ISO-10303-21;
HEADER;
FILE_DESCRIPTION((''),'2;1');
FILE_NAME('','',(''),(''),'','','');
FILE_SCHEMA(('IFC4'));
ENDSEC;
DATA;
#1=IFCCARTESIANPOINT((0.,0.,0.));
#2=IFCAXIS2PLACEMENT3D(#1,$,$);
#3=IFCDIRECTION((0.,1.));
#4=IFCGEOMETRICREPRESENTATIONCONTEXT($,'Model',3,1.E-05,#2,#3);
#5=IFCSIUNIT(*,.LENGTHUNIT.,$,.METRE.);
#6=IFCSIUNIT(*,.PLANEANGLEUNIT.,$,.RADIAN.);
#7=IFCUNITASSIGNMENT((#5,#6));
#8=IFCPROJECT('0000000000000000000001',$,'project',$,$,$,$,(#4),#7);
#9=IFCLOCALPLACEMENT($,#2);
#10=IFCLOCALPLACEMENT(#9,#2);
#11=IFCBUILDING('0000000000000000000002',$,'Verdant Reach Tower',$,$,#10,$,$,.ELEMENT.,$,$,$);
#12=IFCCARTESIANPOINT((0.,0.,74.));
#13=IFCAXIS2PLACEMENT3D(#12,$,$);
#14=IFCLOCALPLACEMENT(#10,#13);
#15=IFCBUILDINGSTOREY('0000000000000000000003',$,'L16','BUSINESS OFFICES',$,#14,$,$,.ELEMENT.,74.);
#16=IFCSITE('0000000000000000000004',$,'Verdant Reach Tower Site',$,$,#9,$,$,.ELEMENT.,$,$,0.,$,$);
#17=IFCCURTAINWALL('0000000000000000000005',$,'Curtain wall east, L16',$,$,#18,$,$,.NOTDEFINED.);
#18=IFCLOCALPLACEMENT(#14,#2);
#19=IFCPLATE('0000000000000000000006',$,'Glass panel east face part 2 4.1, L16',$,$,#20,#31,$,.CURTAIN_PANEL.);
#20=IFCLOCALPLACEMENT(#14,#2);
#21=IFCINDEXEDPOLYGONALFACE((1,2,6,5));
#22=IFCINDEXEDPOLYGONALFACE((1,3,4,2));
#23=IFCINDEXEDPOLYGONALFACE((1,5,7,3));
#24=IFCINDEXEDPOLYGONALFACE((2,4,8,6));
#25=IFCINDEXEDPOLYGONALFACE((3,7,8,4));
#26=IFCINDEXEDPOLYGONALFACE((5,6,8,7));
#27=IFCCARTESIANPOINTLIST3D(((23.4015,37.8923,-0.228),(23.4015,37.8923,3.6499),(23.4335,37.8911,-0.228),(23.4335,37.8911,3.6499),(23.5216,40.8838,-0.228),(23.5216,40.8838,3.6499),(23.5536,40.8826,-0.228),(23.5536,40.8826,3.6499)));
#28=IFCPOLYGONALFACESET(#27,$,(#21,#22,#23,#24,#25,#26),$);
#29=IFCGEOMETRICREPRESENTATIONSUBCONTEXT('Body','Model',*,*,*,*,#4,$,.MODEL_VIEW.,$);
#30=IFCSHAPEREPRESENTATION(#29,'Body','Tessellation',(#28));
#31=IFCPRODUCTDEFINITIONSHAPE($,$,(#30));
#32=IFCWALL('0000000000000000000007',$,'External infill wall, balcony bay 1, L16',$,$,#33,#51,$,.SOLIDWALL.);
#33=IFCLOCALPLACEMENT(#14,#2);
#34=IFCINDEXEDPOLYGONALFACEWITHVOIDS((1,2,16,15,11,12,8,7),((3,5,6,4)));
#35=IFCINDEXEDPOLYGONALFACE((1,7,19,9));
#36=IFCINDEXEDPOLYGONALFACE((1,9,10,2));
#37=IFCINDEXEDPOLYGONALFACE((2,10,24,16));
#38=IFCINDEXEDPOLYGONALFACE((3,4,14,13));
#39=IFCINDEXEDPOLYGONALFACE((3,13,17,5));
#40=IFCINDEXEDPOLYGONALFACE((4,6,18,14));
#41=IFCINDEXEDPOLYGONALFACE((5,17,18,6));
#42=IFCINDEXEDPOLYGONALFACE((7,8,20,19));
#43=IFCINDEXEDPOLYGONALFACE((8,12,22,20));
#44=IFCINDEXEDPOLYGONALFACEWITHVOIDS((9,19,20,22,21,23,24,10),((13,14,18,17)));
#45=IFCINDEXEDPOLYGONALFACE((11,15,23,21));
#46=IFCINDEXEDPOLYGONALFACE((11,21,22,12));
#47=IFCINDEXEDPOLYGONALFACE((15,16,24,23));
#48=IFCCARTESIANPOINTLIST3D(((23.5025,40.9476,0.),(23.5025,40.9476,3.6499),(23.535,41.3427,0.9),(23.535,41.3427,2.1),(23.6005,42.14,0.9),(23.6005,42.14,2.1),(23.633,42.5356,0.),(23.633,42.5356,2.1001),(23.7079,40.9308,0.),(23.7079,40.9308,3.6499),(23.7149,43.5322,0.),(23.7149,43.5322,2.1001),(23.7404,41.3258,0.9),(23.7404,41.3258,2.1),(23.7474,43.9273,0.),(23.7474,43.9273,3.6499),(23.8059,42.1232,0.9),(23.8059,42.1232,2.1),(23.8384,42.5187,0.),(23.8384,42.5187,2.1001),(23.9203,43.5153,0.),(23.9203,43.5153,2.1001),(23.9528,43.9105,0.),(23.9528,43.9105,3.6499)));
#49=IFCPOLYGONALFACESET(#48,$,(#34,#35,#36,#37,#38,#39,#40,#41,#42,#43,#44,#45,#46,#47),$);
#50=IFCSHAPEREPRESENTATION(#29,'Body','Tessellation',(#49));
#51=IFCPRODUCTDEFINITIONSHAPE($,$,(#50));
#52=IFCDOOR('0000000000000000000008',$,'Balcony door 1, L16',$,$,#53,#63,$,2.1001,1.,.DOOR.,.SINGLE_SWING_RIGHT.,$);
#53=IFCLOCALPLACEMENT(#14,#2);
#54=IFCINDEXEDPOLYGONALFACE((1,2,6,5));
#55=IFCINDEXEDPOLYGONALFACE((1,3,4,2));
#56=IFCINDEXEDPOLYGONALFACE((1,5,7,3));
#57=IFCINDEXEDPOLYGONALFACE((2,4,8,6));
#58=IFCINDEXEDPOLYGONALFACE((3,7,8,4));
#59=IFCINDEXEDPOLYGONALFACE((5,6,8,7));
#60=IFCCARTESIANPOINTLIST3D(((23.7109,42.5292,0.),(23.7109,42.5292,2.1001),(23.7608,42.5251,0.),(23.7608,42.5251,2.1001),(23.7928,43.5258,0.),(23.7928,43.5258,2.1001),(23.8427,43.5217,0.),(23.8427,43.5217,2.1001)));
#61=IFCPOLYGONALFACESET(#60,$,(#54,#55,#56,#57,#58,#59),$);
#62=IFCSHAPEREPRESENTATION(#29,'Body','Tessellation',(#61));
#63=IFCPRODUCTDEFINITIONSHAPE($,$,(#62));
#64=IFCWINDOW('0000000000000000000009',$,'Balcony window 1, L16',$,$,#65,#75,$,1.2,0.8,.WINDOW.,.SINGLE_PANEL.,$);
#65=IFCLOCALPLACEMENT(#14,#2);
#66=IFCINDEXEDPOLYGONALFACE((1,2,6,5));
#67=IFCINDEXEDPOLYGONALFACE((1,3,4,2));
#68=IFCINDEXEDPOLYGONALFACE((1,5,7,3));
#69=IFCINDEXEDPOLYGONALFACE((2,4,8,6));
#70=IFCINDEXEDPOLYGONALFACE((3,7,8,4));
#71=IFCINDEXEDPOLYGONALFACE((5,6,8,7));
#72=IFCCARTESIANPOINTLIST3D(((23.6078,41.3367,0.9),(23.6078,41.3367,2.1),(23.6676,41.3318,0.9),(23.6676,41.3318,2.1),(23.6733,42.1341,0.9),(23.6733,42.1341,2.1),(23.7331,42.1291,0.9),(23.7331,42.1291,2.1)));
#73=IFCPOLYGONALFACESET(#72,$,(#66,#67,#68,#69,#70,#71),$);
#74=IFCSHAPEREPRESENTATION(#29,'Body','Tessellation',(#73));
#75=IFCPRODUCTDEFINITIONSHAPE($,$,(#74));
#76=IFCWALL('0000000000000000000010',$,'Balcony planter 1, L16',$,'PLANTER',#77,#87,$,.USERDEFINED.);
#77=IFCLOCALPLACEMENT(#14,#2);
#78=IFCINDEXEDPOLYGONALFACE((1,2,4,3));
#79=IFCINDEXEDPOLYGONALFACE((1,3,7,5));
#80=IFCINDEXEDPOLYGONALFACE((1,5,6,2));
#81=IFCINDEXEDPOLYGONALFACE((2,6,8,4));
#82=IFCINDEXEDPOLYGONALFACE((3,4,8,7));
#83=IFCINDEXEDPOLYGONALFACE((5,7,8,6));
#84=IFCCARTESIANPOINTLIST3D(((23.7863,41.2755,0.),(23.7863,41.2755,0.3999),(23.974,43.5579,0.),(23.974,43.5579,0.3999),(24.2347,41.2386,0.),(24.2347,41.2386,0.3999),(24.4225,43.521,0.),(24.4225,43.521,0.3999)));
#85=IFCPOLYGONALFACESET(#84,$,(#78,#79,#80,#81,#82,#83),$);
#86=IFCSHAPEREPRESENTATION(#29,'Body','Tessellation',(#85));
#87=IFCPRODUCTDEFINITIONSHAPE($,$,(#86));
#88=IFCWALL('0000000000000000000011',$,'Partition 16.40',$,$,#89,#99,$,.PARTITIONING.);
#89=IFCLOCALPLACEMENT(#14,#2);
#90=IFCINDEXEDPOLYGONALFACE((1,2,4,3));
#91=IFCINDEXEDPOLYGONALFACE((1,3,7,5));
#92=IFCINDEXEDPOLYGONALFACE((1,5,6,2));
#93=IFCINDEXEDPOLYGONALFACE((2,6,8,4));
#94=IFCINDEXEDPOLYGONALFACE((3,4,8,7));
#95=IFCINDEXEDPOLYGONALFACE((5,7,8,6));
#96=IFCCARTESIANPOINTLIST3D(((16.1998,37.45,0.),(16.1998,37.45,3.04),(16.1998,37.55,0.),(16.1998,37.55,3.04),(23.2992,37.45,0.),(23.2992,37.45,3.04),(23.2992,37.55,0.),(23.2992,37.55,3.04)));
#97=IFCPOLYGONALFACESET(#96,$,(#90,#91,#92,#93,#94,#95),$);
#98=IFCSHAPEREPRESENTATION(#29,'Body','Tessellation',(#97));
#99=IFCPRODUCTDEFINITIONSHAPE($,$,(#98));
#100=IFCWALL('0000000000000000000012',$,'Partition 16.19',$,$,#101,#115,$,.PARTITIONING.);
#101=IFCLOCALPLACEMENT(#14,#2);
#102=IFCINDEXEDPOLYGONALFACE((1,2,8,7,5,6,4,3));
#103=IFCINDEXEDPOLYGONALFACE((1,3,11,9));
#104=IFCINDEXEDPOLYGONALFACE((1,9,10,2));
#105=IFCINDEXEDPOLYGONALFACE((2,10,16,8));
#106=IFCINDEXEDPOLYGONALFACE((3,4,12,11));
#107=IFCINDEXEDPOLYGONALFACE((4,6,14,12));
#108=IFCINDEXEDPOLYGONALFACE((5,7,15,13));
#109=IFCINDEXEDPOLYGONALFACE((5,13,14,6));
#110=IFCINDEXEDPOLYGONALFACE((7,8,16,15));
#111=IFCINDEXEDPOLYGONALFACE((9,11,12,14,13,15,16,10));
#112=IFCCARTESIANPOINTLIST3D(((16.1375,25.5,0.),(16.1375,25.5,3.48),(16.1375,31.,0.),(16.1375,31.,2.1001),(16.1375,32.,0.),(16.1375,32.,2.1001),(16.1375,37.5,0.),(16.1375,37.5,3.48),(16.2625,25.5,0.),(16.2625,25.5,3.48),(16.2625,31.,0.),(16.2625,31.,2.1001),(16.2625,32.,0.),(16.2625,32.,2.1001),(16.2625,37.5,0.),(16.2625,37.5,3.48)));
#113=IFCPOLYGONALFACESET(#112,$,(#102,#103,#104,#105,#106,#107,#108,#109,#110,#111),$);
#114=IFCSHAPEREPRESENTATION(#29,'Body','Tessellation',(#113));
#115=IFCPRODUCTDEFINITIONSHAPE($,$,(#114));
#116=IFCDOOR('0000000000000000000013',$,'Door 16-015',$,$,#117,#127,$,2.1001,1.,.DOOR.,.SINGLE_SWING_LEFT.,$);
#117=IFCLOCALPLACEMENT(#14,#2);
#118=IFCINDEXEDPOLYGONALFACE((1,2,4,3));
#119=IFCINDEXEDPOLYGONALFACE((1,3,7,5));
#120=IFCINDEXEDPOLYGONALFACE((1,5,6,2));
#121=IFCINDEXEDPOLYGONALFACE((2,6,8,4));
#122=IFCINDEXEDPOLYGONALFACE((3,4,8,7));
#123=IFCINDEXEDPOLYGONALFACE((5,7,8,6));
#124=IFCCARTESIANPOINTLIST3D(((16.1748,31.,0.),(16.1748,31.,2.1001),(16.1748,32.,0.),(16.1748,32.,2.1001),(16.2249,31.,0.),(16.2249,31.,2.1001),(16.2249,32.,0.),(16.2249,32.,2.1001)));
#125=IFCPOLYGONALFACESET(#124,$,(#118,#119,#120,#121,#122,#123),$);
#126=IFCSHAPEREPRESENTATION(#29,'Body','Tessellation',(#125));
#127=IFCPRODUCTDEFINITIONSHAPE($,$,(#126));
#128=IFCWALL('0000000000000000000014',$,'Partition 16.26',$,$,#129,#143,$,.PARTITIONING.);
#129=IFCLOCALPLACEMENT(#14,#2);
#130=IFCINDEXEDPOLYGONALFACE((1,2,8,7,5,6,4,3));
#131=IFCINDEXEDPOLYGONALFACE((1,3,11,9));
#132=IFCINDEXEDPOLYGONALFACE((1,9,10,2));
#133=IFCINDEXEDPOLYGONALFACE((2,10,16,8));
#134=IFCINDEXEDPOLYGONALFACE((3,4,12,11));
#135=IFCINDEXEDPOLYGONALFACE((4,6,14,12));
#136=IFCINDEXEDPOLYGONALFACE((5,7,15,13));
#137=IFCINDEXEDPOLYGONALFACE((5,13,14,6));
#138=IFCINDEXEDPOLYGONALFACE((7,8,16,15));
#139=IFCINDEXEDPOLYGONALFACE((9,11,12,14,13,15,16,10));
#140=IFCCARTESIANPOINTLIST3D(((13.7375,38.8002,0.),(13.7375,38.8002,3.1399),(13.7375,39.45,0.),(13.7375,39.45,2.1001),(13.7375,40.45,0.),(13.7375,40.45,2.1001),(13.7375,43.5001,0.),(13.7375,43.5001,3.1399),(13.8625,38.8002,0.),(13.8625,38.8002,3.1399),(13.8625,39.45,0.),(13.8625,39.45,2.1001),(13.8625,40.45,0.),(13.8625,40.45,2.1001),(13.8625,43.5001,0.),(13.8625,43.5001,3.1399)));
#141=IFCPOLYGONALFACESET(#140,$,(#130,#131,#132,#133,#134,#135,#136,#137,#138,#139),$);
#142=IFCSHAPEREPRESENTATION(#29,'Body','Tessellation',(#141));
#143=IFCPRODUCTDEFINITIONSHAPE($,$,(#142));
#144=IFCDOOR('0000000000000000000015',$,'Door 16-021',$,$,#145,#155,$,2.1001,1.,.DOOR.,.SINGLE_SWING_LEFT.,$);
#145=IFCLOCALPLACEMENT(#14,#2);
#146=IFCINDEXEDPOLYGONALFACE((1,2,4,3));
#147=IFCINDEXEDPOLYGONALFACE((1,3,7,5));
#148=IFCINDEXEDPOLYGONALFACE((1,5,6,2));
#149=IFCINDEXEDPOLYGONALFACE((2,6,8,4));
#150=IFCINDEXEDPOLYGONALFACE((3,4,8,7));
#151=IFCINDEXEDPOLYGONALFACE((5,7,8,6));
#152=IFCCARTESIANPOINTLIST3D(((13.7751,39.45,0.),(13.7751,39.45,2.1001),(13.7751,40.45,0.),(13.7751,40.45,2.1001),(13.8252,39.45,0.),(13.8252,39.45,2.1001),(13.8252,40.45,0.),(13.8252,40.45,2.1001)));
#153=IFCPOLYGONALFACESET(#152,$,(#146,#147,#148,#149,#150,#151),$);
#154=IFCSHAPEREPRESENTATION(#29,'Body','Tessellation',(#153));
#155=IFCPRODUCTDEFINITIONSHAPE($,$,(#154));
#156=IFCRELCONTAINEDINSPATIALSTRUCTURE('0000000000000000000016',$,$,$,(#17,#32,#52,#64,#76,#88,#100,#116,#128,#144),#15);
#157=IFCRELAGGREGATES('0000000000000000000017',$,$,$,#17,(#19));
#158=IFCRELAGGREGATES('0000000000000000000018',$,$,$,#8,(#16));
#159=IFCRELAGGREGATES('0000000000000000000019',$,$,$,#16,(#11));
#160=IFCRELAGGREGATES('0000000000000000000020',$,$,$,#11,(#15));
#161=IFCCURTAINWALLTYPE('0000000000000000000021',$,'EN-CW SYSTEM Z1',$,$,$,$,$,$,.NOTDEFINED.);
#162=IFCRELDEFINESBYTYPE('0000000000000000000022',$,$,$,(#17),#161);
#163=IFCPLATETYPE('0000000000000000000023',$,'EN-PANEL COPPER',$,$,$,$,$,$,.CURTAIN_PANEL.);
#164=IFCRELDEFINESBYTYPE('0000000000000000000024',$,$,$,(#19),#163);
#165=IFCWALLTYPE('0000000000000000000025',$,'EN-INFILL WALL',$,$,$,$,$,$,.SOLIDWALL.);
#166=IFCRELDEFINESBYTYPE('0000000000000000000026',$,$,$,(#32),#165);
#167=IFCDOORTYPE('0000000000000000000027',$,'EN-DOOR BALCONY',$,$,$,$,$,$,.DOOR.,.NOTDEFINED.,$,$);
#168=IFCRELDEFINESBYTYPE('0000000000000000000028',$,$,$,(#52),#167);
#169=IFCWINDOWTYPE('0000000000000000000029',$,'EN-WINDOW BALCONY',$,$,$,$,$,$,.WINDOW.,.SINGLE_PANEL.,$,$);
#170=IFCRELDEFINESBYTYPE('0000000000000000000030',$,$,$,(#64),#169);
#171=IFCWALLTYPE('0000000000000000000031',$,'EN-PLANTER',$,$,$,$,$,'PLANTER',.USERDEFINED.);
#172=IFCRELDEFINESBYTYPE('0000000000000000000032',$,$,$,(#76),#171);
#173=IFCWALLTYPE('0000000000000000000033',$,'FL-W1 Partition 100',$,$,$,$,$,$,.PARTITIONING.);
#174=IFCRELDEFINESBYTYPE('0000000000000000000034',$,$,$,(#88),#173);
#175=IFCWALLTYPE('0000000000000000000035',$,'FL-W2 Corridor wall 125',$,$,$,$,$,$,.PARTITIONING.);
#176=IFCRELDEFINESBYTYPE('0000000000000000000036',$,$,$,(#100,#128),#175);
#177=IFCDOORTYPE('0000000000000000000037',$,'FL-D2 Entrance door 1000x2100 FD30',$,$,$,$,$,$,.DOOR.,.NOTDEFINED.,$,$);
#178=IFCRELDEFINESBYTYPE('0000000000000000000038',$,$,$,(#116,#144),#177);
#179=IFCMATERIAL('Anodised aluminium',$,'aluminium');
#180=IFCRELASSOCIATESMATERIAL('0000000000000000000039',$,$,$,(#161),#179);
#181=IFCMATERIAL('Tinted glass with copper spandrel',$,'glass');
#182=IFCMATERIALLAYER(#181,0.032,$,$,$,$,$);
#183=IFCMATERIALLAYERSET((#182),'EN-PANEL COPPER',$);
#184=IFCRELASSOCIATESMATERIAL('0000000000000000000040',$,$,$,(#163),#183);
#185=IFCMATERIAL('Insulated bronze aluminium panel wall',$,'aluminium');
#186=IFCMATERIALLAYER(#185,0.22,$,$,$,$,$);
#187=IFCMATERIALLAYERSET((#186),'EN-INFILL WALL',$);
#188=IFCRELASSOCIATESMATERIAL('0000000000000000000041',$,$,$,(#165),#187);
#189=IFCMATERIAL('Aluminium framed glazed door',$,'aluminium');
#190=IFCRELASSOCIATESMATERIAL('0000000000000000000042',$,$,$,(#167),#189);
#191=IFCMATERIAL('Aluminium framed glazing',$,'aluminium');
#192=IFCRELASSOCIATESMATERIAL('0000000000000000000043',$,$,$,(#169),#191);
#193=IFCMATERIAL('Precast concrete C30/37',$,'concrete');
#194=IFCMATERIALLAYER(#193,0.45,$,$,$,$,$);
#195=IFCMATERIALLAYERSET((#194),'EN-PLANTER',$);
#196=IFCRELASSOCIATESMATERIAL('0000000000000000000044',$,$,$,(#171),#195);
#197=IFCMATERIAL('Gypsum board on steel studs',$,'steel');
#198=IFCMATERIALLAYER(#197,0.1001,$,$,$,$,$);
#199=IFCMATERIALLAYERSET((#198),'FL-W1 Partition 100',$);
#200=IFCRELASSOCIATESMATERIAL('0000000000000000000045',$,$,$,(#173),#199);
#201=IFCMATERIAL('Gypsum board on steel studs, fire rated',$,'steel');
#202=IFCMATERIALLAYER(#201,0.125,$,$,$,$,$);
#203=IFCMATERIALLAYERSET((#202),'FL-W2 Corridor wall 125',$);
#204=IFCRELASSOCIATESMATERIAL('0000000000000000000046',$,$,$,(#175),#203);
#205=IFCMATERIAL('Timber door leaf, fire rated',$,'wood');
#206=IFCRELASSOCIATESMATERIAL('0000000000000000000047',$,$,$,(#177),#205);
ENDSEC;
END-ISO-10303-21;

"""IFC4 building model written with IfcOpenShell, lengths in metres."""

from ifc_helpers import new_model, si_unit, direction, frame, frame_2d, origin, origin_2d, place, context, subcontext, project, spatial, rectangle, extrude, material, layer, layer_set, type_object, element, fill, aggregate, save


model = new_model("IFC4")

# Units and contexts
model_context = context("Model", 3, precision=1e-05, world=origin(), true_north=direction((0.0, 1.0)))
body_context = subcontext(model_context, "Body", "Model", "MODEL_VIEW")
ifc_project = project(units=[si_unit("LENGTHUNIT", "METRE"), si_unit("PLANEANGLEUNIT", "RADIAN")], contexts=[model_context])

# Site, building, storey
site_placement = place(None, origin())
site = spatial("IfcSite", under=ifc_project, at=site_placement, Name="Verdant Reach Tower Site", CompositionType="ELEMENT", RefElevation=0.0)
building_placement = place(site_placement, origin())
building = spatial("IfcBuilding", under=site, at=building_placement, Name="Verdant Reach Tower", CompositionType="ELEMENT")
storey_placement = place(building_placement, frame((0.0, 0.0, 74.0)))
storey = spatial("IfcBuildingStorey", under=building, at=storey_placement, Name="L16", Description="BUSINESS OFFICES", CompositionType="ELEMENT", Elevation=74.0)

# Curtain wall
ifc_material_1 = material(Name="Anodised aluminium", Category="aluminium")
curtain_wall_type = type_object("IfcCurtainWallType", Name="EN-CW SYSTEM Z1", PredefinedType="NOTDEFINED", material=ifc_material_1)
curtain_wall_placement = place(storey_placement, origin())
curtain_wall = element("IfcCurtainWall", 1, at=curtain_wall_placement, inside=storey, type_object=curtain_wall_type, Name="Curtain wall east, L16", PredefinedType="NOTDEFINED")

# Plate
ifc_material_2 = material(Name="Tinted glass with copper spandrel", Category="glass")
ifc_layer_1 = layer(ifc_material_2, 0.032)
ifc_layer_set_1 = layer_set([ifc_layer_1], Name="EN-PANEL COPPER")
plate_type_1 = type_object("IfcPlateType", Name="EN-PANEL COPPER", PredefinedType="CURTAIN_PANEL", material=ifc_layer_set_1)
plate_1_placement = place(storey_placement, frame((23.4775, 39.3875, -0.228), z_axis=(0.0, 0.0, 1.0), x_axis=(0.040109, 0.999195, 0.0)))
plate_1 = element("IfcPlate", 2, at=plate_1_placement, type_object=plate_type_1, Name="Glass panel east face part 2 4.1, L16", PredefinedType="CURTAIN_PANEL", context=body_context, shape_type="SweptSolid", body=[
    extrude(rectangle(XDim=2.9939, YDim=0.032, at=origin_2d()), origin(), (0.0, 0.0, 1.0), 3.8779),
])
aggregate(curtain_wall, [plate_1])

# Wall, openings, door, window
ifc_material_3 = material(Name="Insulated bronze aluminium panel wall", Category="aluminium")
ifc_layer_2 = layer(ifc_material_3, 0.22)
ifc_layer_set_2 = layer_set([ifc_layer_2], Name="EN-INFILL WALL")
wall_type_1 = type_object("IfcWallType", Name="EN-INFILL WALL", PredefinedType="SOLIDWALL", material=ifc_layer_set_2)
wall_1_placement = place(storey_placement, frame((23.6052, 40.9392, 0.0), z_axis=(0.0, 0.0, 1.0), x_axis=(0.081903, 0.99664, 0.0)))
wall_1 = element("IfcWall", 3, at=wall_1_placement, inside=storey, type_object=wall_type_1, Name="External infill wall, balcony bay 1, L16", PredefinedType="SOLIDWALL", context=body_context, shape_type="SweptSolid", body=[
    extrude(rectangle(XDim=2.9897, YDim=0.2061, at=frame_2d((1.4949, 0.0))), origin(), (0.0, 0.0, 1.0), 3.6499),
])
opening_1_placement = place(wall_1_placement, frame((1.5933, 0.0, 0.0)))
opening_1 = element("IfcOpeningElement", 4, at=opening_1_placement, cuts=wall_1, PredefinedType="OPENING", context=body_context, shape_type="SweptSolid", body=[
    extrude(rectangle(XDim=1.0, YDim=2.1001, at=frame_2d((0.5, 1.05))), frame((0.0, 0.113, 0.0), z_axis=(0.0, -1.0, 0.0), x_axis=(1.0, 0.0, 0.0)), (0.0, 0.0, 1.0), 0.2261),
])
opening_2_placement = place(wall_1_placement, frame((0.3965, 0.0, 0.8999)))
opening_2 = element("IfcOpeningElement", 5, at=opening_2_placement, cuts=wall_1, PredefinedType="OPENING", context=body_context, shape_type="SweptSolid", body=[
    extrude(rectangle(XDim=0.8, YDim=1.2, at=frame_2d((0.3999, 0.6001))), frame((0.0, 0.113, 0.0), z_axis=(0.0, -1.0, 0.0), x_axis=(1.0, 0.0, 0.0)), (0.0, 0.0, 1.0), 0.2261),
])
ifc_material_4 = material(Name="Aluminium framed glazed door", Category="aluminium")
door_type_1 = type_object("IfcDoorType", Name="EN-DOOR BALCONY", OperationType="NOTDEFINED", PredefinedType="DOOR", material=ifc_material_4)
door_1_placement = place(opening_1_placement, origin())
door_1 = element("IfcDoor", 6, at=door_1_placement, inside=storey, type_object=door_type_1, Name="Balcony door 1, L16", OperationType="SINGLE_SWING_RIGHT", OverallHeight=2.1001, OverallWidth=1.0, PredefinedType="DOOR", context=body_context, shape_type="SweptSolid", body=[
    extrude(rectangle(XDim=1.0, YDim=2.1001, at=frame_2d((0.5, 1.05))), frame((0.0, 0.0249, 0.0), z_axis=(0.0, -1.0, 0.0), x_axis=(1.0, 0.0, 0.0)), (0.0, 0.0, 1.0), 0.05),
])
fill(opening_1, door_1)
ifc_material_5 = material(Name="Aluminium framed glazing", Category="aluminium")
window_type = type_object("IfcWindowType", Name="EN-WINDOW BALCONY", PartitioningType="SINGLE_PANEL", PredefinedType="WINDOW", material=ifc_material_5)
window_placement = place(opening_2_placement, origin())
window = element("IfcWindow", 7, at=window_placement, inside=storey, type_object=window_type, Name="Balcony window 1, L16", OverallHeight=1.2, OverallWidth=0.8, PartitioningType="SINGLE_PANEL", PredefinedType="WINDOW", context=body_context, shape_type="SweptSolid", body=[
    extrude(rectangle(XDim=0.8, YDim=1.2, at=frame_2d((0.3999, 0.6001))), frame((0.0, 0.03, 0.0), z_axis=(0.0, -1.0, 0.0), x_axis=(1.0, 0.0, 0.0)), (0.0, 0.0, 1.0), 0.0601),
])
fill(opening_2, window)

# Walls
ifc_material_6 = material(Name="Precast concrete C30/37", Category="concrete")
ifc_layer_3 = layer(ifc_material_6, 0.45)
ifc_layer_set_3 = layer_set([ifc_layer_3], Name="EN-PLANTER")
wall_type_2 = type_object("IfcWallType", Name="EN-PLANTER", ElementType="PLANTER", PredefinedType="USERDEFINED", material=ifc_layer_set_3)
wall_2_placement = place(storey_placement, frame((24.0105, 41.2571, 0.0), z_axis=(0.0, 0.0, 1.0), x_axis=(0.081987, 0.996633, 0.0)))
element("IfcWall", 8, at=wall_2_placement, inside=storey, type_object=wall_type_2, Name="Balcony planter 1, L16", ObjectType="PLANTER", PredefinedType="USERDEFINED", context=body_context, shape_type="SweptSolid", body=[
    extrude(rectangle(XDim=2.29, YDim=0.45, at=frame_2d((1.145, 0.0))), origin(), (0.0, 0.0, 1.0), 0.3999),
])
ifc_material_7 = material(Name="Gypsum board on steel studs", Category="steel")
ifc_layer_4 = layer(ifc_material_7, 0.1001)
ifc_layer_set_4 = layer_set([ifc_layer_4], Name="FL-W1 Partition 100")
wall_type_3 = type_object("IfcWallType", Name="FL-W1 Partition 100", PredefinedType="PARTITIONING", material=ifc_layer_set_4)
wall_3_placement = place(storey_placement, frame((23.2993, 37.5, 0.0), z_axis=(0.0, 0.0, 1.0), x_axis=(-1.0, 0.0, 0.0)))
element("IfcWall", 9, at=wall_3_placement, inside=storey, type_object=wall_type_3, Name="Partition 16.40", PredefinedType="PARTITIONING", context=body_context, shape_type="SweptSolid", body=[
    extrude(rectangle(XDim=7.0994, YDim=0.1001, at=frame_2d((3.5498, 0.0))), origin(), (0.0, 0.0, 1.0), 3.04),
])

# Walls, openings, doors
ifc_material_8 = material(Name="Gypsum board on steel studs, fire rated", Category="steel")
ifc_layer_5 = layer(ifc_material_8, 0.125)
ifc_layer_set_5 = layer_set([ifc_layer_5], Name="FL-W2 Corridor wall 125")
wall_type_4 = type_object("IfcWallType", Name="FL-W2 Corridor wall 125", PredefinedType="PARTITIONING", material=ifc_layer_set_5)
wall_4_placement = place(storey_placement, frame((16.2, 37.5, 0.0), z_axis=(0.0, 0.0, 1.0), x_axis=(0.0, -1.0, 0.0)))
wall_4 = element("IfcWall", 10, at=wall_4_placement, inside=storey, type_object=wall_type_4, Name="Partition 16.19", PredefinedType="PARTITIONING", context=body_context, shape_type="SweptSolid", body=[
    extrude(rectangle(XDim=12.0, YDim=0.125, at=frame_2d((6.0, 0.0))), origin(), (0.0, 0.0, 1.0), 3.48),
])
opening_3_placement = place(wall_4_placement, frame((5.5, 0.0, 0.0)))
opening_3 = element("IfcOpeningElement", 11, at=opening_3_placement, cuts=wall_4, PredefinedType="OPENING", context=body_context, shape_type="SweptSolid", body=[
    extrude(rectangle(XDim=1.0, YDim=2.1001, at=frame_2d((0.5, 1.05))), frame((0.0, 0.0725, 0.0), z_axis=(0.0, -1.0, 0.0), x_axis=(1.0, 0.0, 0.0)), (0.0, 0.0, 1.0), 0.145),
])
ifc_material_9 = material(Name="Timber door leaf, fire rated", Category="wood")
door_type_2 = type_object("IfcDoorType", Name="FL-D2 Entrance door 1000x2100 FD30", OperationType="NOTDEFINED", PredefinedType="DOOR", material=ifc_material_9)
door_2_placement = place(opening_3_placement, origin())
door_2 = element("IfcDoor", 12, at=door_2_placement, inside=storey, type_object=door_type_2, Name="Door 16-015", OperationType="SINGLE_SWING_LEFT", OverallHeight=2.1001, OverallWidth=1.0, PredefinedType="DOOR", context=body_context, shape_type="SweptSolid", body=[
    extrude(rectangle(XDim=1.0, YDim=2.1001, at=frame_2d((0.5, 1.05))), frame((0.0, 0.0249, 0.0), z_axis=(0.0, -1.0, 0.0), x_axis=(1.0, 0.0, 0.0)), (0.0, 0.0, 1.0), 0.05),
])
fill(opening_3, door_2)
wall_5_placement = place(storey_placement, frame((13.8, 38.8, 0.0), z_axis=(0.0, 0.0, 1.0), x_axis=(0.0, 1.0, 0.0)))
wall_5 = element("IfcWall", 13, at=wall_5_placement, inside=storey, type_object=wall_type_4, Name="Partition 16.26", PredefinedType="PARTITIONING", context=body_context, shape_type="SweptSolid", body=[
    extrude(rectangle(XDim=4.7, YDim=0.125, at=frame_2d((2.3501, 0.0))), origin(), (0.0, 0.0, 1.0), 3.1399),
])
opening_4_placement = place(wall_5_placement, frame((0.6499, 0.0, 0.0)))
opening_4 = element("IfcOpeningElement", 14, at=opening_4_placement, cuts=wall_5, PredefinedType="OPENING", context=body_context, shape_type="SweptSolid", body=[
    extrude(rectangle(XDim=1.0, YDim=2.1001, at=frame_2d((0.5, 1.05))), frame((0.0, 0.0725, 0.0), z_axis=(0.0, -1.0, 0.0), x_axis=(1.0, 0.0, 0.0)), (0.0, 0.0, 1.0), 0.145),
])
door_3_placement = place(opening_4_placement, origin())
door_3 = element("IfcDoor", 15, at=door_3_placement, inside=storey, type_object=door_type_2, Name="Door 16-021", OperationType="SINGLE_SWING_LEFT", OverallHeight=2.1001, OverallWidth=1.0, PredefinedType="DOOR", context=body_context, shape_type="SweptSolid", body=[
    extrude(rectangle(XDim=1.0, YDim=2.1001, at=frame_2d((0.5, 1.05))), frame((0.0, 0.0249, 0.0), z_axis=(0.0, -1.0, 0.0), x_axis=(1.0, 0.0, 0.0)), (0.0, 0.0, 1.0), 0.05),
])
fill(opening_4, door_3)

save(model, "model.ifc")
